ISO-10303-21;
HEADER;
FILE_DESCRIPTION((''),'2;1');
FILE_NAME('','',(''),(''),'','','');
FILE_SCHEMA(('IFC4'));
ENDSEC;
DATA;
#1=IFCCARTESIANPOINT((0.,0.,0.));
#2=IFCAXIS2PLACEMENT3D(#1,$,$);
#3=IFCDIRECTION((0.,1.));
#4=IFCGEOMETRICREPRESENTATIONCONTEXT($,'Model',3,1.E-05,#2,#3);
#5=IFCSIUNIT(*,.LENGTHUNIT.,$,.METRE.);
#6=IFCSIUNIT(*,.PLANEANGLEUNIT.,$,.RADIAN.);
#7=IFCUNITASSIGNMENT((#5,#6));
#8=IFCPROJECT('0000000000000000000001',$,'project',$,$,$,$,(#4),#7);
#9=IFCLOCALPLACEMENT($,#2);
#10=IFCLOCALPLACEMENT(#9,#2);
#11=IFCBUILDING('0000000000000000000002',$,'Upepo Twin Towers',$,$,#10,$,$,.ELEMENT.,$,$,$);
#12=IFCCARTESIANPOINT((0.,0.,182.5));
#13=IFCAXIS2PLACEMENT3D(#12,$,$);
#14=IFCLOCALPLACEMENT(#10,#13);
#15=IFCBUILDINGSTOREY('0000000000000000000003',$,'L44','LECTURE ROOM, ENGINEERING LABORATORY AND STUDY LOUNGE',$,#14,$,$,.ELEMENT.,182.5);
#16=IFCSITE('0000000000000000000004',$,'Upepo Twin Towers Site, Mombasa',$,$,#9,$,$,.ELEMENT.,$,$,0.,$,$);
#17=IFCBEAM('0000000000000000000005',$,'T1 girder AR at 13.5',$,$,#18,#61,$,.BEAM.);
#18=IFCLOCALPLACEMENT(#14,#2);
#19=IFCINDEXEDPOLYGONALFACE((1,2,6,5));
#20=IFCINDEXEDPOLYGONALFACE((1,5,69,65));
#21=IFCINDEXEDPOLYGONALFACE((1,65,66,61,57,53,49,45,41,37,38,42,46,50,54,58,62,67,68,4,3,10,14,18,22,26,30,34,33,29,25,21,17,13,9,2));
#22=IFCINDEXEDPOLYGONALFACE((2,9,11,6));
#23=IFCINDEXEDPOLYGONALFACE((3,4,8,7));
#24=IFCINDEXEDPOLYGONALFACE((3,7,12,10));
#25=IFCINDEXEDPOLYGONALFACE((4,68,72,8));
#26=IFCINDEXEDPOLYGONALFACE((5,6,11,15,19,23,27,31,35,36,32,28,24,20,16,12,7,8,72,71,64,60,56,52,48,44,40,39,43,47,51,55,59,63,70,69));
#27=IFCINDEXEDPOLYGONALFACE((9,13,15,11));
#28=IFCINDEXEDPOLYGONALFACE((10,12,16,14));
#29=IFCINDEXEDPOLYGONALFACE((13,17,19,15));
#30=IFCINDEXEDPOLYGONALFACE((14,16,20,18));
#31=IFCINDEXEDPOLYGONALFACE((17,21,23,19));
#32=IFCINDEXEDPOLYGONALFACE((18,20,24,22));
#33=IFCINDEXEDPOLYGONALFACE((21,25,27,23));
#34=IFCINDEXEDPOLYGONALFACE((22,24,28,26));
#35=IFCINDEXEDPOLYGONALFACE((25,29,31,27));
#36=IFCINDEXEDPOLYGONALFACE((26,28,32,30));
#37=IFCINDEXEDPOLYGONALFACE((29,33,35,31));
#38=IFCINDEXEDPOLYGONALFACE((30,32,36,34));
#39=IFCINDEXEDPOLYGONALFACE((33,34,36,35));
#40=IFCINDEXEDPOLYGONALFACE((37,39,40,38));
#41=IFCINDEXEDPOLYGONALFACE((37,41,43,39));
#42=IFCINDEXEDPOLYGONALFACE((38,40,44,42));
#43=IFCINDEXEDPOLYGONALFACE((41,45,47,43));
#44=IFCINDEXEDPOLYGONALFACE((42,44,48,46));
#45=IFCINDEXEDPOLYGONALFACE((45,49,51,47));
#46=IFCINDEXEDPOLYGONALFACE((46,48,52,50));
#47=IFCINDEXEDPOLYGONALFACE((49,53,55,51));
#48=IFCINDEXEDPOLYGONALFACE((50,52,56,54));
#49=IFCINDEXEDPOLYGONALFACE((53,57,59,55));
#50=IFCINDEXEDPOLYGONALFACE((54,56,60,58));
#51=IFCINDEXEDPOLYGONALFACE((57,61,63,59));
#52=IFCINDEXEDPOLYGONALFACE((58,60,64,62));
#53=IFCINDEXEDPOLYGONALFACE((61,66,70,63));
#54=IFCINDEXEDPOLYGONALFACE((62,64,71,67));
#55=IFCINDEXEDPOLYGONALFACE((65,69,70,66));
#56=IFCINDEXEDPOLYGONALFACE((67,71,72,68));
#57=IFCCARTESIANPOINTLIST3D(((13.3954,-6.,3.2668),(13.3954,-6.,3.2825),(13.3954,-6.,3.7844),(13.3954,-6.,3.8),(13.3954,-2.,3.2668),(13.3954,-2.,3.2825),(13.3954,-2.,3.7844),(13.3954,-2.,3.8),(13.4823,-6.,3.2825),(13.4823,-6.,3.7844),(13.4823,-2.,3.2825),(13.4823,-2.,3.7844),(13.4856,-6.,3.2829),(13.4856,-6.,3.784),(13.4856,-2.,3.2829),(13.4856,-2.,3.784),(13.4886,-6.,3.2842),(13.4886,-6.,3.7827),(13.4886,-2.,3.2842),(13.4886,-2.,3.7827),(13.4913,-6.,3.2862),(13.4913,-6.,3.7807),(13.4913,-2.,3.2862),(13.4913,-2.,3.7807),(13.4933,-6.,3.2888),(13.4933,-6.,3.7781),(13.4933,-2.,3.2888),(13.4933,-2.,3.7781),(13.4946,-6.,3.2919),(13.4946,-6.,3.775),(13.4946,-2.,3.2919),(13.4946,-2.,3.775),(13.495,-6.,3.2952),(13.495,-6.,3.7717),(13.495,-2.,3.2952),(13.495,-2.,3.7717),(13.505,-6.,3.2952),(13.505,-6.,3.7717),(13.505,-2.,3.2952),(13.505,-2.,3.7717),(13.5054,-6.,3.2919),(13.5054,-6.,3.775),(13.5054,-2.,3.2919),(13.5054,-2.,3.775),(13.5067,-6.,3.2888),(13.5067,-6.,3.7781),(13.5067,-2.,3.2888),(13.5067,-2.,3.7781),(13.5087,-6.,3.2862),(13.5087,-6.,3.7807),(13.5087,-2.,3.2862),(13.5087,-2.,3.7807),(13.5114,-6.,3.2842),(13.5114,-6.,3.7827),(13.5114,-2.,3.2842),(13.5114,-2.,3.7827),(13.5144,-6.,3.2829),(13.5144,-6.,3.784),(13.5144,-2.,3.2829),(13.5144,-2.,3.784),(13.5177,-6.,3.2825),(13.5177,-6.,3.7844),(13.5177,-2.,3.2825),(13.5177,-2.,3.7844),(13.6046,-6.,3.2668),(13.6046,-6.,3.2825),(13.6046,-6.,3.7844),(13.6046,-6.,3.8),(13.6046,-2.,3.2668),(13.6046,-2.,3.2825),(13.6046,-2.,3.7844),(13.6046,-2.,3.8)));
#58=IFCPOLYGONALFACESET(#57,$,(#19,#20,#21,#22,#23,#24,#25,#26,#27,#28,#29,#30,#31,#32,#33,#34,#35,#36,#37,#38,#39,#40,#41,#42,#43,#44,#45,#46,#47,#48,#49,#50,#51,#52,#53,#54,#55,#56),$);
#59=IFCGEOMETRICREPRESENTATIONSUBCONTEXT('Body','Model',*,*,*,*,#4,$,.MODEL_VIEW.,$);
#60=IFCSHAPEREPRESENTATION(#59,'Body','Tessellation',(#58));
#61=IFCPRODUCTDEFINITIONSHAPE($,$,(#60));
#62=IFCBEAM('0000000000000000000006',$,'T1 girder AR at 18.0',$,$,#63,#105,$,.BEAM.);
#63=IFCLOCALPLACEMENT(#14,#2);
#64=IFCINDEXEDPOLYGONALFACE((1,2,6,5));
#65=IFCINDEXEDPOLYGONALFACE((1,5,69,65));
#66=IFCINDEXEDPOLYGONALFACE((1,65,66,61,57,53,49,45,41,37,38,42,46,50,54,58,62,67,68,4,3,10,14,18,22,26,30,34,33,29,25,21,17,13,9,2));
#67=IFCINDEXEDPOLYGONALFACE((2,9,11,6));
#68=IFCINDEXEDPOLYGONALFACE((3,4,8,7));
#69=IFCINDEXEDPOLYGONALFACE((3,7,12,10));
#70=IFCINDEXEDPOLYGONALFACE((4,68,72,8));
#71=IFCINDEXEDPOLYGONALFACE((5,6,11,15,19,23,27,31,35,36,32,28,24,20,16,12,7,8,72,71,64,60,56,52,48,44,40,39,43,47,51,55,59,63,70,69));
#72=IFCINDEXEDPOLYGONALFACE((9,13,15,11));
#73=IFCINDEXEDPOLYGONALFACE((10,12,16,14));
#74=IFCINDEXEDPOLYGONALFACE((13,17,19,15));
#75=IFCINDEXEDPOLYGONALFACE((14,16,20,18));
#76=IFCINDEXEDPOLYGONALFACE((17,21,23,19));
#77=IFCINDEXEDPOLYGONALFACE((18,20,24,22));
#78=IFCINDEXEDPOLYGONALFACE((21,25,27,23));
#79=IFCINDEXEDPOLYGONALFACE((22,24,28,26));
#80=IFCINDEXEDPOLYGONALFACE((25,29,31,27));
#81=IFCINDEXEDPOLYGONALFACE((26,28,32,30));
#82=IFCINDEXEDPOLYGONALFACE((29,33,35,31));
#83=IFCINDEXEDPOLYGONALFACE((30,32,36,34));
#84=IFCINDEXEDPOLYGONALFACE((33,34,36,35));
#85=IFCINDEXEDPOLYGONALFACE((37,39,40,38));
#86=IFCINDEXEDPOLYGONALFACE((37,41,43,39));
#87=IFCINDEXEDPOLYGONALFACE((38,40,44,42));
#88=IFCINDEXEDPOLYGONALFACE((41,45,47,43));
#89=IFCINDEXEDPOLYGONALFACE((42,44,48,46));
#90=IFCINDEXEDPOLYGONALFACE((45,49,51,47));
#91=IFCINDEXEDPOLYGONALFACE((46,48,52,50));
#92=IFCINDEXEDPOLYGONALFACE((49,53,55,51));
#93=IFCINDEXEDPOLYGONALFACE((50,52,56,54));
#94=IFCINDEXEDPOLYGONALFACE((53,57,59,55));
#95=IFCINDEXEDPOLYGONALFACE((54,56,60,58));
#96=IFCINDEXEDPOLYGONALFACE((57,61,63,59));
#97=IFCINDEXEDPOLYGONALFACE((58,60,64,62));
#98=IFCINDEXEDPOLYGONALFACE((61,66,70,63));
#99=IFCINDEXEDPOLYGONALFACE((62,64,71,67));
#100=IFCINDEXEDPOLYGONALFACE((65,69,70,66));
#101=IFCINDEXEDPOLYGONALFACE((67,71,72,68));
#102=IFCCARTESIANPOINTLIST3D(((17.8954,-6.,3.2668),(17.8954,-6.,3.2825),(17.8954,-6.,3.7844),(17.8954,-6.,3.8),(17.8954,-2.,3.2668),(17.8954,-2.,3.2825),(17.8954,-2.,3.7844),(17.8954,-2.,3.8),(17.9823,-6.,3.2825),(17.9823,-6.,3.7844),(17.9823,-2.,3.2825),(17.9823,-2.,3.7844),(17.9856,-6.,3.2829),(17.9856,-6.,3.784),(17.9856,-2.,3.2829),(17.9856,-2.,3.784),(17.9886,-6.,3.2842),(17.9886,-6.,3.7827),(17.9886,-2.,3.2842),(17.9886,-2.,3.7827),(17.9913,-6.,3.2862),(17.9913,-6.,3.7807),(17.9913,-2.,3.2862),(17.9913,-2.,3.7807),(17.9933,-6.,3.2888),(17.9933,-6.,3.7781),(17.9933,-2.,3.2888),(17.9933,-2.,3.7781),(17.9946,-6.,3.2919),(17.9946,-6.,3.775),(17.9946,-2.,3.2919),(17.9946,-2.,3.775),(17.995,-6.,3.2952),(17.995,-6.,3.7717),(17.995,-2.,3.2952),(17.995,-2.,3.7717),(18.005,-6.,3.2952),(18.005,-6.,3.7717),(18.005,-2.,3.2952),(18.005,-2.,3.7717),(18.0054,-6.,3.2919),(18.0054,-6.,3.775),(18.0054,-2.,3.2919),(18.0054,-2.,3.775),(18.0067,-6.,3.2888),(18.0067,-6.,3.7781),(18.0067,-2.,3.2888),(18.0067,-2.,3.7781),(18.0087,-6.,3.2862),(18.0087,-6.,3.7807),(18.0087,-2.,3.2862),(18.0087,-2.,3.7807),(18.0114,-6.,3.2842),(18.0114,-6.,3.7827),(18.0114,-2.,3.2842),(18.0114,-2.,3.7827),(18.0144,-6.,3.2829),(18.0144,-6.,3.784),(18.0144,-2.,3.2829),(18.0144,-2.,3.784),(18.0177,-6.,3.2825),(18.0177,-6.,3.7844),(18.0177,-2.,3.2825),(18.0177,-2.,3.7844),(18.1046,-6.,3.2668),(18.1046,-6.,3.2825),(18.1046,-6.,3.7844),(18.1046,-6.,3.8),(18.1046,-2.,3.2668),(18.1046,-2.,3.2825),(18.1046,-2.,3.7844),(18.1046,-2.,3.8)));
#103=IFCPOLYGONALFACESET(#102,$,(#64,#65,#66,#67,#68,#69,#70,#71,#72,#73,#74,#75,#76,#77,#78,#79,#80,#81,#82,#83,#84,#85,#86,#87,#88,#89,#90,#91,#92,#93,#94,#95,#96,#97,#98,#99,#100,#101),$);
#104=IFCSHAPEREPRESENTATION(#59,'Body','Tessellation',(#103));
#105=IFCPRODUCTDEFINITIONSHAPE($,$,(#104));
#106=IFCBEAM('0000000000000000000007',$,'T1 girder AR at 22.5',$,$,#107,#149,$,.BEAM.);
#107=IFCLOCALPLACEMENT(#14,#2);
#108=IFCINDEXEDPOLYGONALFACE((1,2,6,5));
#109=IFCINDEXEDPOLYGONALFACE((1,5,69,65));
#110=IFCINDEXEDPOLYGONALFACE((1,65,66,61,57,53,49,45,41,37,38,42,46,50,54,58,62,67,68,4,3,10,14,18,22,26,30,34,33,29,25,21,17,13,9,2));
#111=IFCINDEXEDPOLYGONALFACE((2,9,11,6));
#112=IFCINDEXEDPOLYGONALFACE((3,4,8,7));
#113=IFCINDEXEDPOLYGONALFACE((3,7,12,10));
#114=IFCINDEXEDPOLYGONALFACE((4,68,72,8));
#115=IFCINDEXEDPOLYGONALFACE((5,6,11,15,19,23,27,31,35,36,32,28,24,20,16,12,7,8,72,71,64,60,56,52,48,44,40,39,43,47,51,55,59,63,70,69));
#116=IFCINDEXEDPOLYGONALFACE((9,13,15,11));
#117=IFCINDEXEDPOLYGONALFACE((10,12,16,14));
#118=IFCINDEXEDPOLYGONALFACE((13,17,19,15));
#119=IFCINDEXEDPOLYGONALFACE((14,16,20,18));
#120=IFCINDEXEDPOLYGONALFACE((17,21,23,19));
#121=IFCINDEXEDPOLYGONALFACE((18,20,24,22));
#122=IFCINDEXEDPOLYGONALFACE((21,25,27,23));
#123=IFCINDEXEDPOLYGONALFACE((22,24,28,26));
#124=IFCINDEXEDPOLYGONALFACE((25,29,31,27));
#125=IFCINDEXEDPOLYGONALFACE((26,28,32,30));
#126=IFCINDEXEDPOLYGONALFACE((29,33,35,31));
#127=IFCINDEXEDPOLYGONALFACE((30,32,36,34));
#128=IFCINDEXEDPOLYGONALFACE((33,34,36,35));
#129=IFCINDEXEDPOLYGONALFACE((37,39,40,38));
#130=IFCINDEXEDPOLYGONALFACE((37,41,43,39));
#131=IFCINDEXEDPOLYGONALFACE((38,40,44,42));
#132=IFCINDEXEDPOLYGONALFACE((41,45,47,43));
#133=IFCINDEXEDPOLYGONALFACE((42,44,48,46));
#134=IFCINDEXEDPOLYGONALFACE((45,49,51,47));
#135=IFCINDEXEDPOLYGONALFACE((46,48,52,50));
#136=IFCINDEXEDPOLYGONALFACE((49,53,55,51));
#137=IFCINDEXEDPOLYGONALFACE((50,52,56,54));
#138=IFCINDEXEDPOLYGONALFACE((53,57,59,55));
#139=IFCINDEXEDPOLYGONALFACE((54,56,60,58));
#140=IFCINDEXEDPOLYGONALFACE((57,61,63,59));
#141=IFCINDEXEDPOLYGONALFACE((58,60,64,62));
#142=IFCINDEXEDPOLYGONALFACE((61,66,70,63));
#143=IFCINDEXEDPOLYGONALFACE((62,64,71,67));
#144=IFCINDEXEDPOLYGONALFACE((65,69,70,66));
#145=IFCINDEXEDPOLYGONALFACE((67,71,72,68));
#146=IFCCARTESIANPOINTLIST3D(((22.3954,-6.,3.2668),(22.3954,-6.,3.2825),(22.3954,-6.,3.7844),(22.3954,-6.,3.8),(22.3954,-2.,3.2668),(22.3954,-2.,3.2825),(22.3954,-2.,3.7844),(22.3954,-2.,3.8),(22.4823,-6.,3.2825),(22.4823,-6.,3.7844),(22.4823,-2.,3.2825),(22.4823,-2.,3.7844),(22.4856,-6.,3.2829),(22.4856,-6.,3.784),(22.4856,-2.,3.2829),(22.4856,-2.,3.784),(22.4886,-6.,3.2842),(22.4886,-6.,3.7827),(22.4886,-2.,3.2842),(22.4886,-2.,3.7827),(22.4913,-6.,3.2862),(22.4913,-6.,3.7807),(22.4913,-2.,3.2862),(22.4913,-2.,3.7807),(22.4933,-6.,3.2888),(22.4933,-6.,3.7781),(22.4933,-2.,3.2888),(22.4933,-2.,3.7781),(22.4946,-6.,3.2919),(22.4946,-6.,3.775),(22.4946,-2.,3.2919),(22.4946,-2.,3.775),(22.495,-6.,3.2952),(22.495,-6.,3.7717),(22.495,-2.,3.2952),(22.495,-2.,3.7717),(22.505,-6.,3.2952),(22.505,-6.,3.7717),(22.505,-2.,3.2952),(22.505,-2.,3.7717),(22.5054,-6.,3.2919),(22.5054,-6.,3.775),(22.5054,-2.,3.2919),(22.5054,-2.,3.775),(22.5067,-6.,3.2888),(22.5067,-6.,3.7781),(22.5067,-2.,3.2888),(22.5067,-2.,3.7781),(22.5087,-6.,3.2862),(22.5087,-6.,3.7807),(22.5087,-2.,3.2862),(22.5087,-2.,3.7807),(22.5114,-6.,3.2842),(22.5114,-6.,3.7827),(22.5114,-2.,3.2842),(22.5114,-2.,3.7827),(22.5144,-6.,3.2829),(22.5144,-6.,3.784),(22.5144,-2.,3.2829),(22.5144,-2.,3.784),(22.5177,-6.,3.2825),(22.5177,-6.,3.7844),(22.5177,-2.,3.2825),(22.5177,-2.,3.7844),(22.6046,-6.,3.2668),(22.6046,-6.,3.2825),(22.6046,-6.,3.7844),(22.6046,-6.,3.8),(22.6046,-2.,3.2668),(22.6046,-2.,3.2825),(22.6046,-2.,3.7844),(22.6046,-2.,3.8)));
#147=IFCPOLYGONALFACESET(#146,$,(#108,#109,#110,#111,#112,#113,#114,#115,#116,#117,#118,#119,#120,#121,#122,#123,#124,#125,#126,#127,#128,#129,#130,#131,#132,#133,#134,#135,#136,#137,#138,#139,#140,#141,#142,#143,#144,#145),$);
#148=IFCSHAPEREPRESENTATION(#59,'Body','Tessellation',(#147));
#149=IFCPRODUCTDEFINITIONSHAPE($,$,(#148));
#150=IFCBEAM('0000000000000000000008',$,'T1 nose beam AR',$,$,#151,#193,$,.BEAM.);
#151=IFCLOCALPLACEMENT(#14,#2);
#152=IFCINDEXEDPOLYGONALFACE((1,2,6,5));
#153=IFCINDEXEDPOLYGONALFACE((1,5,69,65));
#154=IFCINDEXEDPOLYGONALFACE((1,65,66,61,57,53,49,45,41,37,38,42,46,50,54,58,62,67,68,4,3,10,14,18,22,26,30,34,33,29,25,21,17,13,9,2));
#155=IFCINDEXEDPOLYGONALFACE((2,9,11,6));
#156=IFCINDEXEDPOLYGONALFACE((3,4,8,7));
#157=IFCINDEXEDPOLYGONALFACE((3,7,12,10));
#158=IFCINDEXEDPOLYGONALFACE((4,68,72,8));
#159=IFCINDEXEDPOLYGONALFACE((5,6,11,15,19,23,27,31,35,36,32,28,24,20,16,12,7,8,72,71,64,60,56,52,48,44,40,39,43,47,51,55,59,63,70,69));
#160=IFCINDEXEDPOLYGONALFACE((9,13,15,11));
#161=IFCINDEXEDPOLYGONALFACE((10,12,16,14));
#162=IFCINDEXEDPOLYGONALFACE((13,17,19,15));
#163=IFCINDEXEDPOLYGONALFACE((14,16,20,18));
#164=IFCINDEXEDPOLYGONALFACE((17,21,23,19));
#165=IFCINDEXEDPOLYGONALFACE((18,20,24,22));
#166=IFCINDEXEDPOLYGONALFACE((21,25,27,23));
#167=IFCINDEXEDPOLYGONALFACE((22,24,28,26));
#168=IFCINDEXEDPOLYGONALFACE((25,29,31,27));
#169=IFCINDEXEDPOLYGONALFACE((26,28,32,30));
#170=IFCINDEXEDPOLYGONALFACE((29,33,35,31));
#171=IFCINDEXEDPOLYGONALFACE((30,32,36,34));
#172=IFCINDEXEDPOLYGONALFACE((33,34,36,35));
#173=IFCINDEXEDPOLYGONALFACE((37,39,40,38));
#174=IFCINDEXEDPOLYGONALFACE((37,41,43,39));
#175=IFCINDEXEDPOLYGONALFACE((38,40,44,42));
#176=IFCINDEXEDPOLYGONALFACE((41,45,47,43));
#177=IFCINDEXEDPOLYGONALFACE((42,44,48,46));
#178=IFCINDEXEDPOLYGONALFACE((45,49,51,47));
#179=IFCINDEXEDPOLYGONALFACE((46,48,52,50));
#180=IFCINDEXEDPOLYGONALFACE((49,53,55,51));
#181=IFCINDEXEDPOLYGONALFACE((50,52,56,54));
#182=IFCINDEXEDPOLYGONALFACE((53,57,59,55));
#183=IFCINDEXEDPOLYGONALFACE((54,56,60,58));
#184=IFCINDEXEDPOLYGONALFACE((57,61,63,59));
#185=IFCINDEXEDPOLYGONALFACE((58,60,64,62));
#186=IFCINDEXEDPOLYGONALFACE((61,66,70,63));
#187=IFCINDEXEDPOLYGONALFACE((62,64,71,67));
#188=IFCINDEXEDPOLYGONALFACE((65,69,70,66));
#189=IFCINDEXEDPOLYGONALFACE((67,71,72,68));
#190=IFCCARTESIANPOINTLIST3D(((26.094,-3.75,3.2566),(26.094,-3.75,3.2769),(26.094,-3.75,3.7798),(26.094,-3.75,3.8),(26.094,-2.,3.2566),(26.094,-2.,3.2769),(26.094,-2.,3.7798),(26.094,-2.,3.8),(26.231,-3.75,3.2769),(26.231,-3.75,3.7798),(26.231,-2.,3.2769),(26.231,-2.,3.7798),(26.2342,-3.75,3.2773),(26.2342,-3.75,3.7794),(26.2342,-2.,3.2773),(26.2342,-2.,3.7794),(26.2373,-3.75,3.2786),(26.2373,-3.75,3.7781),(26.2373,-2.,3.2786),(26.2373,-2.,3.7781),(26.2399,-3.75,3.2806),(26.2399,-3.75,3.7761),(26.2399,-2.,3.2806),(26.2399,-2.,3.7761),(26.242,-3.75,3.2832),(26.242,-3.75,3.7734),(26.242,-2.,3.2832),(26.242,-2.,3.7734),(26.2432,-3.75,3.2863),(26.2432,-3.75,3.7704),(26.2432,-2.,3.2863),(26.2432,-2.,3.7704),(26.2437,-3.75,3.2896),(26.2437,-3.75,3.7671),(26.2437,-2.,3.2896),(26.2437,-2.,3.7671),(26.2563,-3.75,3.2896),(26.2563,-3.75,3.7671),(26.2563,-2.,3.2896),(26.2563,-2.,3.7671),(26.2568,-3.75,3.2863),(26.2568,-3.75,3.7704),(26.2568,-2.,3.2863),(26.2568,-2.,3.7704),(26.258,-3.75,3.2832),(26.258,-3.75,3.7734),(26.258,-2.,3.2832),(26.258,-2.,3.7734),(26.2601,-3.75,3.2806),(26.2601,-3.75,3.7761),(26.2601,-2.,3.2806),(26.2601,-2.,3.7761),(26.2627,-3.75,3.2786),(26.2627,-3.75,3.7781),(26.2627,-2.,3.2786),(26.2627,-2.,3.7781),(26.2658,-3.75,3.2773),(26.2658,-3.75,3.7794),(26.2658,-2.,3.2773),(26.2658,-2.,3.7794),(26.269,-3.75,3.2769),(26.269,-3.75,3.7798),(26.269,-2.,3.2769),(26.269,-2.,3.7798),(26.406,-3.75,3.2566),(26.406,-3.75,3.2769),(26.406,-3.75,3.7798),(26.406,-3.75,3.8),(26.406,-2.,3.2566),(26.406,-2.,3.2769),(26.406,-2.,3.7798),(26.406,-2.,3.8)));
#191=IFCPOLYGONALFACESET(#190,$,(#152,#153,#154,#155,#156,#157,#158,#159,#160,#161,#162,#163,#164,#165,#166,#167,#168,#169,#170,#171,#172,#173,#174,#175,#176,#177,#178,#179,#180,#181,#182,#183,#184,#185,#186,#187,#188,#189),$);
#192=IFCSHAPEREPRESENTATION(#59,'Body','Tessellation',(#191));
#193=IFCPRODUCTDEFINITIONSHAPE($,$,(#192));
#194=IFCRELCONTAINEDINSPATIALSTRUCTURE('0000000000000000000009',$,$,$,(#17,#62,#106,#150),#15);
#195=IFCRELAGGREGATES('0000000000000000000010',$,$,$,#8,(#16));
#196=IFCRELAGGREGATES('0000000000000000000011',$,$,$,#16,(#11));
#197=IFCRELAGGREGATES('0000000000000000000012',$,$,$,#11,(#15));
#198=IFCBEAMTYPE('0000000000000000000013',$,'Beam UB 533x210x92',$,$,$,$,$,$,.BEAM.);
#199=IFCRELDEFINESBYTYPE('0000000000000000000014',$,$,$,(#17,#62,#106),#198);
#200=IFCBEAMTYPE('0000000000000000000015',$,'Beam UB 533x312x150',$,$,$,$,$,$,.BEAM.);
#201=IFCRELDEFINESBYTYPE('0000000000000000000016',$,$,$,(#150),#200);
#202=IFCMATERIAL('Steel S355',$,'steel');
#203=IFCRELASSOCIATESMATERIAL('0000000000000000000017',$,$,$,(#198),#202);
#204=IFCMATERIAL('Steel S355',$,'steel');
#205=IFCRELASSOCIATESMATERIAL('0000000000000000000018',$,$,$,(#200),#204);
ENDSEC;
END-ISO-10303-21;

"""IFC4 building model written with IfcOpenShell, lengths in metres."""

from ifc_helpers import new_model, si_unit, direction, frame, origin, origin_2d, place, context, subcontext, project, spatial, i_section, extrude, material, material_profile, profile_set, type_object, element, save


model = new_model("IFC4")

# Units and contexts
model_context = context("Model", 3, precision=1e-05, world=origin(), true_north=direction((0.0, 1.0)))
body_context = subcontext(model_context, "Body", "Model", "MODEL_VIEW")
ifc_project = project(units=[si_unit("LENGTHUNIT", "METRE"), si_unit("PLANEANGLEUNIT", "RADIAN")], contexts=[model_context])

# Site, building, storey
site_placement = place(None, origin())
site = spatial("IfcSite", under=ifc_project, at=site_placement, Name="Upepo Twin Towers Site, Mombasa", CompositionType="ELEMENT", RefElevation=0.0)
building_placement = place(site_placement, origin())
building = spatial("IfcBuilding", under=site, at=building_placement, Name="Upepo Twin Towers", CompositionType="ELEMENT")
storey_placement = place(building_placement, frame((0.0, 0.0, 182.5)))
storey = spatial("IfcBuildingStorey", under=building, at=storey_placement, Name="L44", Description="LECTURE ROOM, ENGINEERING LABORATORY AND STUDY LOUNGE", CompositionType="ELEMENT", Elevation=182.5)

# Beams
ifc_material_1 = material(Name="Steel S355", Category="steel")
ifc_material_profile_1 = material_profile(ifc_material_1, i_section(OverallWidth=0.2092, OverallDepth=0.5332, WebThickness=0.01, FlangeThickness=0.0156, FilletRadius=0.0127, at=origin_2d()), Name="UB 533x210x92")
ifc_profile_set_1 = profile_set([ifc_material_profile_1], Name="Steel S355")
beam_type_1 = type_object("IfcBeamType", Name="Beam UB 533x210x92", PredefinedType="BEAM", material=ifc_profile_set_1)
for number, where, z_axis, x_axis, name in (
    (1, (13.5, -6.0, 3.5334), (0.0, 1.0, 0.0), (-1.0, 0.0, 0.0), "T1 girder AR at 13.5"),
    (2, (18.0, -6.0, 3.5334), (0.0, 1.0, 0.0), (-1.0, 0.0, 0.0), "T1 girder AR at 18.0"),
    (3, (22.5, -6.0, 3.5334), (0.0, 1.0, 0.0), (-1.0, 0.0, 0.0), "T1 girder AR at 22.5"),
):
    element("IfcBeam", number, at=place(storey_placement, frame(where, z_axis=z_axis, x_axis=x_axis)), inside=storey, type_object=beam_type_1, Name=name, PredefinedType="BEAM", context=body_context, shape_type="SweptSolid", body=[
        extrude(i_section(OverallWidth=0.2092, OverallDepth=0.5332, WebThickness=0.01, FlangeThickness=0.0156, FilletRadius=0.0127, at=origin_2d()), origin(), (0.0, 0.0, 1.0), 4.0),
    ])
ifc_material_2 = material(Name="Steel S355", Category="steel")
ifc_material_profile_2 = material_profile(ifc_material_2, i_section(OverallWidth=0.312, OverallDepth=0.5435, WebThickness=0.0127, FlangeThickness=0.0203, FilletRadius=0.0127, at=origin_2d()), Name="UB 533x312x150")
ifc_profile_set_2 = profile_set([ifc_material_profile_2], Name="Steel S355")
beam_type_2 = type_object("IfcBeamType", Name="Beam UB 533x312x150", PredefinedType="BEAM", material=ifc_profile_set_2)
beam_1_placement = place(storey_placement, frame((26.25, -3.75, 3.5283), z_axis=(0.0, 1.0, 0.0), x_axis=(-1.0, 0.0, 0.0)))
element("IfcBeam", 4, at=beam_1_placement, inside=storey, type_object=beam_type_2, Name="T1 nose beam AR", PredefinedType="BEAM", context=body_context, shape_type="SweptSolid", body=[
    extrude(i_section(OverallWidth=0.312, OverallDepth=0.5435, WebThickness=0.0127, FlangeThickness=0.0203, FilletRadius=0.0127, at=origin_2d()), origin(), (0.0, 0.0, 1.0), 1.75),
])

save(model, "model.ifc")
